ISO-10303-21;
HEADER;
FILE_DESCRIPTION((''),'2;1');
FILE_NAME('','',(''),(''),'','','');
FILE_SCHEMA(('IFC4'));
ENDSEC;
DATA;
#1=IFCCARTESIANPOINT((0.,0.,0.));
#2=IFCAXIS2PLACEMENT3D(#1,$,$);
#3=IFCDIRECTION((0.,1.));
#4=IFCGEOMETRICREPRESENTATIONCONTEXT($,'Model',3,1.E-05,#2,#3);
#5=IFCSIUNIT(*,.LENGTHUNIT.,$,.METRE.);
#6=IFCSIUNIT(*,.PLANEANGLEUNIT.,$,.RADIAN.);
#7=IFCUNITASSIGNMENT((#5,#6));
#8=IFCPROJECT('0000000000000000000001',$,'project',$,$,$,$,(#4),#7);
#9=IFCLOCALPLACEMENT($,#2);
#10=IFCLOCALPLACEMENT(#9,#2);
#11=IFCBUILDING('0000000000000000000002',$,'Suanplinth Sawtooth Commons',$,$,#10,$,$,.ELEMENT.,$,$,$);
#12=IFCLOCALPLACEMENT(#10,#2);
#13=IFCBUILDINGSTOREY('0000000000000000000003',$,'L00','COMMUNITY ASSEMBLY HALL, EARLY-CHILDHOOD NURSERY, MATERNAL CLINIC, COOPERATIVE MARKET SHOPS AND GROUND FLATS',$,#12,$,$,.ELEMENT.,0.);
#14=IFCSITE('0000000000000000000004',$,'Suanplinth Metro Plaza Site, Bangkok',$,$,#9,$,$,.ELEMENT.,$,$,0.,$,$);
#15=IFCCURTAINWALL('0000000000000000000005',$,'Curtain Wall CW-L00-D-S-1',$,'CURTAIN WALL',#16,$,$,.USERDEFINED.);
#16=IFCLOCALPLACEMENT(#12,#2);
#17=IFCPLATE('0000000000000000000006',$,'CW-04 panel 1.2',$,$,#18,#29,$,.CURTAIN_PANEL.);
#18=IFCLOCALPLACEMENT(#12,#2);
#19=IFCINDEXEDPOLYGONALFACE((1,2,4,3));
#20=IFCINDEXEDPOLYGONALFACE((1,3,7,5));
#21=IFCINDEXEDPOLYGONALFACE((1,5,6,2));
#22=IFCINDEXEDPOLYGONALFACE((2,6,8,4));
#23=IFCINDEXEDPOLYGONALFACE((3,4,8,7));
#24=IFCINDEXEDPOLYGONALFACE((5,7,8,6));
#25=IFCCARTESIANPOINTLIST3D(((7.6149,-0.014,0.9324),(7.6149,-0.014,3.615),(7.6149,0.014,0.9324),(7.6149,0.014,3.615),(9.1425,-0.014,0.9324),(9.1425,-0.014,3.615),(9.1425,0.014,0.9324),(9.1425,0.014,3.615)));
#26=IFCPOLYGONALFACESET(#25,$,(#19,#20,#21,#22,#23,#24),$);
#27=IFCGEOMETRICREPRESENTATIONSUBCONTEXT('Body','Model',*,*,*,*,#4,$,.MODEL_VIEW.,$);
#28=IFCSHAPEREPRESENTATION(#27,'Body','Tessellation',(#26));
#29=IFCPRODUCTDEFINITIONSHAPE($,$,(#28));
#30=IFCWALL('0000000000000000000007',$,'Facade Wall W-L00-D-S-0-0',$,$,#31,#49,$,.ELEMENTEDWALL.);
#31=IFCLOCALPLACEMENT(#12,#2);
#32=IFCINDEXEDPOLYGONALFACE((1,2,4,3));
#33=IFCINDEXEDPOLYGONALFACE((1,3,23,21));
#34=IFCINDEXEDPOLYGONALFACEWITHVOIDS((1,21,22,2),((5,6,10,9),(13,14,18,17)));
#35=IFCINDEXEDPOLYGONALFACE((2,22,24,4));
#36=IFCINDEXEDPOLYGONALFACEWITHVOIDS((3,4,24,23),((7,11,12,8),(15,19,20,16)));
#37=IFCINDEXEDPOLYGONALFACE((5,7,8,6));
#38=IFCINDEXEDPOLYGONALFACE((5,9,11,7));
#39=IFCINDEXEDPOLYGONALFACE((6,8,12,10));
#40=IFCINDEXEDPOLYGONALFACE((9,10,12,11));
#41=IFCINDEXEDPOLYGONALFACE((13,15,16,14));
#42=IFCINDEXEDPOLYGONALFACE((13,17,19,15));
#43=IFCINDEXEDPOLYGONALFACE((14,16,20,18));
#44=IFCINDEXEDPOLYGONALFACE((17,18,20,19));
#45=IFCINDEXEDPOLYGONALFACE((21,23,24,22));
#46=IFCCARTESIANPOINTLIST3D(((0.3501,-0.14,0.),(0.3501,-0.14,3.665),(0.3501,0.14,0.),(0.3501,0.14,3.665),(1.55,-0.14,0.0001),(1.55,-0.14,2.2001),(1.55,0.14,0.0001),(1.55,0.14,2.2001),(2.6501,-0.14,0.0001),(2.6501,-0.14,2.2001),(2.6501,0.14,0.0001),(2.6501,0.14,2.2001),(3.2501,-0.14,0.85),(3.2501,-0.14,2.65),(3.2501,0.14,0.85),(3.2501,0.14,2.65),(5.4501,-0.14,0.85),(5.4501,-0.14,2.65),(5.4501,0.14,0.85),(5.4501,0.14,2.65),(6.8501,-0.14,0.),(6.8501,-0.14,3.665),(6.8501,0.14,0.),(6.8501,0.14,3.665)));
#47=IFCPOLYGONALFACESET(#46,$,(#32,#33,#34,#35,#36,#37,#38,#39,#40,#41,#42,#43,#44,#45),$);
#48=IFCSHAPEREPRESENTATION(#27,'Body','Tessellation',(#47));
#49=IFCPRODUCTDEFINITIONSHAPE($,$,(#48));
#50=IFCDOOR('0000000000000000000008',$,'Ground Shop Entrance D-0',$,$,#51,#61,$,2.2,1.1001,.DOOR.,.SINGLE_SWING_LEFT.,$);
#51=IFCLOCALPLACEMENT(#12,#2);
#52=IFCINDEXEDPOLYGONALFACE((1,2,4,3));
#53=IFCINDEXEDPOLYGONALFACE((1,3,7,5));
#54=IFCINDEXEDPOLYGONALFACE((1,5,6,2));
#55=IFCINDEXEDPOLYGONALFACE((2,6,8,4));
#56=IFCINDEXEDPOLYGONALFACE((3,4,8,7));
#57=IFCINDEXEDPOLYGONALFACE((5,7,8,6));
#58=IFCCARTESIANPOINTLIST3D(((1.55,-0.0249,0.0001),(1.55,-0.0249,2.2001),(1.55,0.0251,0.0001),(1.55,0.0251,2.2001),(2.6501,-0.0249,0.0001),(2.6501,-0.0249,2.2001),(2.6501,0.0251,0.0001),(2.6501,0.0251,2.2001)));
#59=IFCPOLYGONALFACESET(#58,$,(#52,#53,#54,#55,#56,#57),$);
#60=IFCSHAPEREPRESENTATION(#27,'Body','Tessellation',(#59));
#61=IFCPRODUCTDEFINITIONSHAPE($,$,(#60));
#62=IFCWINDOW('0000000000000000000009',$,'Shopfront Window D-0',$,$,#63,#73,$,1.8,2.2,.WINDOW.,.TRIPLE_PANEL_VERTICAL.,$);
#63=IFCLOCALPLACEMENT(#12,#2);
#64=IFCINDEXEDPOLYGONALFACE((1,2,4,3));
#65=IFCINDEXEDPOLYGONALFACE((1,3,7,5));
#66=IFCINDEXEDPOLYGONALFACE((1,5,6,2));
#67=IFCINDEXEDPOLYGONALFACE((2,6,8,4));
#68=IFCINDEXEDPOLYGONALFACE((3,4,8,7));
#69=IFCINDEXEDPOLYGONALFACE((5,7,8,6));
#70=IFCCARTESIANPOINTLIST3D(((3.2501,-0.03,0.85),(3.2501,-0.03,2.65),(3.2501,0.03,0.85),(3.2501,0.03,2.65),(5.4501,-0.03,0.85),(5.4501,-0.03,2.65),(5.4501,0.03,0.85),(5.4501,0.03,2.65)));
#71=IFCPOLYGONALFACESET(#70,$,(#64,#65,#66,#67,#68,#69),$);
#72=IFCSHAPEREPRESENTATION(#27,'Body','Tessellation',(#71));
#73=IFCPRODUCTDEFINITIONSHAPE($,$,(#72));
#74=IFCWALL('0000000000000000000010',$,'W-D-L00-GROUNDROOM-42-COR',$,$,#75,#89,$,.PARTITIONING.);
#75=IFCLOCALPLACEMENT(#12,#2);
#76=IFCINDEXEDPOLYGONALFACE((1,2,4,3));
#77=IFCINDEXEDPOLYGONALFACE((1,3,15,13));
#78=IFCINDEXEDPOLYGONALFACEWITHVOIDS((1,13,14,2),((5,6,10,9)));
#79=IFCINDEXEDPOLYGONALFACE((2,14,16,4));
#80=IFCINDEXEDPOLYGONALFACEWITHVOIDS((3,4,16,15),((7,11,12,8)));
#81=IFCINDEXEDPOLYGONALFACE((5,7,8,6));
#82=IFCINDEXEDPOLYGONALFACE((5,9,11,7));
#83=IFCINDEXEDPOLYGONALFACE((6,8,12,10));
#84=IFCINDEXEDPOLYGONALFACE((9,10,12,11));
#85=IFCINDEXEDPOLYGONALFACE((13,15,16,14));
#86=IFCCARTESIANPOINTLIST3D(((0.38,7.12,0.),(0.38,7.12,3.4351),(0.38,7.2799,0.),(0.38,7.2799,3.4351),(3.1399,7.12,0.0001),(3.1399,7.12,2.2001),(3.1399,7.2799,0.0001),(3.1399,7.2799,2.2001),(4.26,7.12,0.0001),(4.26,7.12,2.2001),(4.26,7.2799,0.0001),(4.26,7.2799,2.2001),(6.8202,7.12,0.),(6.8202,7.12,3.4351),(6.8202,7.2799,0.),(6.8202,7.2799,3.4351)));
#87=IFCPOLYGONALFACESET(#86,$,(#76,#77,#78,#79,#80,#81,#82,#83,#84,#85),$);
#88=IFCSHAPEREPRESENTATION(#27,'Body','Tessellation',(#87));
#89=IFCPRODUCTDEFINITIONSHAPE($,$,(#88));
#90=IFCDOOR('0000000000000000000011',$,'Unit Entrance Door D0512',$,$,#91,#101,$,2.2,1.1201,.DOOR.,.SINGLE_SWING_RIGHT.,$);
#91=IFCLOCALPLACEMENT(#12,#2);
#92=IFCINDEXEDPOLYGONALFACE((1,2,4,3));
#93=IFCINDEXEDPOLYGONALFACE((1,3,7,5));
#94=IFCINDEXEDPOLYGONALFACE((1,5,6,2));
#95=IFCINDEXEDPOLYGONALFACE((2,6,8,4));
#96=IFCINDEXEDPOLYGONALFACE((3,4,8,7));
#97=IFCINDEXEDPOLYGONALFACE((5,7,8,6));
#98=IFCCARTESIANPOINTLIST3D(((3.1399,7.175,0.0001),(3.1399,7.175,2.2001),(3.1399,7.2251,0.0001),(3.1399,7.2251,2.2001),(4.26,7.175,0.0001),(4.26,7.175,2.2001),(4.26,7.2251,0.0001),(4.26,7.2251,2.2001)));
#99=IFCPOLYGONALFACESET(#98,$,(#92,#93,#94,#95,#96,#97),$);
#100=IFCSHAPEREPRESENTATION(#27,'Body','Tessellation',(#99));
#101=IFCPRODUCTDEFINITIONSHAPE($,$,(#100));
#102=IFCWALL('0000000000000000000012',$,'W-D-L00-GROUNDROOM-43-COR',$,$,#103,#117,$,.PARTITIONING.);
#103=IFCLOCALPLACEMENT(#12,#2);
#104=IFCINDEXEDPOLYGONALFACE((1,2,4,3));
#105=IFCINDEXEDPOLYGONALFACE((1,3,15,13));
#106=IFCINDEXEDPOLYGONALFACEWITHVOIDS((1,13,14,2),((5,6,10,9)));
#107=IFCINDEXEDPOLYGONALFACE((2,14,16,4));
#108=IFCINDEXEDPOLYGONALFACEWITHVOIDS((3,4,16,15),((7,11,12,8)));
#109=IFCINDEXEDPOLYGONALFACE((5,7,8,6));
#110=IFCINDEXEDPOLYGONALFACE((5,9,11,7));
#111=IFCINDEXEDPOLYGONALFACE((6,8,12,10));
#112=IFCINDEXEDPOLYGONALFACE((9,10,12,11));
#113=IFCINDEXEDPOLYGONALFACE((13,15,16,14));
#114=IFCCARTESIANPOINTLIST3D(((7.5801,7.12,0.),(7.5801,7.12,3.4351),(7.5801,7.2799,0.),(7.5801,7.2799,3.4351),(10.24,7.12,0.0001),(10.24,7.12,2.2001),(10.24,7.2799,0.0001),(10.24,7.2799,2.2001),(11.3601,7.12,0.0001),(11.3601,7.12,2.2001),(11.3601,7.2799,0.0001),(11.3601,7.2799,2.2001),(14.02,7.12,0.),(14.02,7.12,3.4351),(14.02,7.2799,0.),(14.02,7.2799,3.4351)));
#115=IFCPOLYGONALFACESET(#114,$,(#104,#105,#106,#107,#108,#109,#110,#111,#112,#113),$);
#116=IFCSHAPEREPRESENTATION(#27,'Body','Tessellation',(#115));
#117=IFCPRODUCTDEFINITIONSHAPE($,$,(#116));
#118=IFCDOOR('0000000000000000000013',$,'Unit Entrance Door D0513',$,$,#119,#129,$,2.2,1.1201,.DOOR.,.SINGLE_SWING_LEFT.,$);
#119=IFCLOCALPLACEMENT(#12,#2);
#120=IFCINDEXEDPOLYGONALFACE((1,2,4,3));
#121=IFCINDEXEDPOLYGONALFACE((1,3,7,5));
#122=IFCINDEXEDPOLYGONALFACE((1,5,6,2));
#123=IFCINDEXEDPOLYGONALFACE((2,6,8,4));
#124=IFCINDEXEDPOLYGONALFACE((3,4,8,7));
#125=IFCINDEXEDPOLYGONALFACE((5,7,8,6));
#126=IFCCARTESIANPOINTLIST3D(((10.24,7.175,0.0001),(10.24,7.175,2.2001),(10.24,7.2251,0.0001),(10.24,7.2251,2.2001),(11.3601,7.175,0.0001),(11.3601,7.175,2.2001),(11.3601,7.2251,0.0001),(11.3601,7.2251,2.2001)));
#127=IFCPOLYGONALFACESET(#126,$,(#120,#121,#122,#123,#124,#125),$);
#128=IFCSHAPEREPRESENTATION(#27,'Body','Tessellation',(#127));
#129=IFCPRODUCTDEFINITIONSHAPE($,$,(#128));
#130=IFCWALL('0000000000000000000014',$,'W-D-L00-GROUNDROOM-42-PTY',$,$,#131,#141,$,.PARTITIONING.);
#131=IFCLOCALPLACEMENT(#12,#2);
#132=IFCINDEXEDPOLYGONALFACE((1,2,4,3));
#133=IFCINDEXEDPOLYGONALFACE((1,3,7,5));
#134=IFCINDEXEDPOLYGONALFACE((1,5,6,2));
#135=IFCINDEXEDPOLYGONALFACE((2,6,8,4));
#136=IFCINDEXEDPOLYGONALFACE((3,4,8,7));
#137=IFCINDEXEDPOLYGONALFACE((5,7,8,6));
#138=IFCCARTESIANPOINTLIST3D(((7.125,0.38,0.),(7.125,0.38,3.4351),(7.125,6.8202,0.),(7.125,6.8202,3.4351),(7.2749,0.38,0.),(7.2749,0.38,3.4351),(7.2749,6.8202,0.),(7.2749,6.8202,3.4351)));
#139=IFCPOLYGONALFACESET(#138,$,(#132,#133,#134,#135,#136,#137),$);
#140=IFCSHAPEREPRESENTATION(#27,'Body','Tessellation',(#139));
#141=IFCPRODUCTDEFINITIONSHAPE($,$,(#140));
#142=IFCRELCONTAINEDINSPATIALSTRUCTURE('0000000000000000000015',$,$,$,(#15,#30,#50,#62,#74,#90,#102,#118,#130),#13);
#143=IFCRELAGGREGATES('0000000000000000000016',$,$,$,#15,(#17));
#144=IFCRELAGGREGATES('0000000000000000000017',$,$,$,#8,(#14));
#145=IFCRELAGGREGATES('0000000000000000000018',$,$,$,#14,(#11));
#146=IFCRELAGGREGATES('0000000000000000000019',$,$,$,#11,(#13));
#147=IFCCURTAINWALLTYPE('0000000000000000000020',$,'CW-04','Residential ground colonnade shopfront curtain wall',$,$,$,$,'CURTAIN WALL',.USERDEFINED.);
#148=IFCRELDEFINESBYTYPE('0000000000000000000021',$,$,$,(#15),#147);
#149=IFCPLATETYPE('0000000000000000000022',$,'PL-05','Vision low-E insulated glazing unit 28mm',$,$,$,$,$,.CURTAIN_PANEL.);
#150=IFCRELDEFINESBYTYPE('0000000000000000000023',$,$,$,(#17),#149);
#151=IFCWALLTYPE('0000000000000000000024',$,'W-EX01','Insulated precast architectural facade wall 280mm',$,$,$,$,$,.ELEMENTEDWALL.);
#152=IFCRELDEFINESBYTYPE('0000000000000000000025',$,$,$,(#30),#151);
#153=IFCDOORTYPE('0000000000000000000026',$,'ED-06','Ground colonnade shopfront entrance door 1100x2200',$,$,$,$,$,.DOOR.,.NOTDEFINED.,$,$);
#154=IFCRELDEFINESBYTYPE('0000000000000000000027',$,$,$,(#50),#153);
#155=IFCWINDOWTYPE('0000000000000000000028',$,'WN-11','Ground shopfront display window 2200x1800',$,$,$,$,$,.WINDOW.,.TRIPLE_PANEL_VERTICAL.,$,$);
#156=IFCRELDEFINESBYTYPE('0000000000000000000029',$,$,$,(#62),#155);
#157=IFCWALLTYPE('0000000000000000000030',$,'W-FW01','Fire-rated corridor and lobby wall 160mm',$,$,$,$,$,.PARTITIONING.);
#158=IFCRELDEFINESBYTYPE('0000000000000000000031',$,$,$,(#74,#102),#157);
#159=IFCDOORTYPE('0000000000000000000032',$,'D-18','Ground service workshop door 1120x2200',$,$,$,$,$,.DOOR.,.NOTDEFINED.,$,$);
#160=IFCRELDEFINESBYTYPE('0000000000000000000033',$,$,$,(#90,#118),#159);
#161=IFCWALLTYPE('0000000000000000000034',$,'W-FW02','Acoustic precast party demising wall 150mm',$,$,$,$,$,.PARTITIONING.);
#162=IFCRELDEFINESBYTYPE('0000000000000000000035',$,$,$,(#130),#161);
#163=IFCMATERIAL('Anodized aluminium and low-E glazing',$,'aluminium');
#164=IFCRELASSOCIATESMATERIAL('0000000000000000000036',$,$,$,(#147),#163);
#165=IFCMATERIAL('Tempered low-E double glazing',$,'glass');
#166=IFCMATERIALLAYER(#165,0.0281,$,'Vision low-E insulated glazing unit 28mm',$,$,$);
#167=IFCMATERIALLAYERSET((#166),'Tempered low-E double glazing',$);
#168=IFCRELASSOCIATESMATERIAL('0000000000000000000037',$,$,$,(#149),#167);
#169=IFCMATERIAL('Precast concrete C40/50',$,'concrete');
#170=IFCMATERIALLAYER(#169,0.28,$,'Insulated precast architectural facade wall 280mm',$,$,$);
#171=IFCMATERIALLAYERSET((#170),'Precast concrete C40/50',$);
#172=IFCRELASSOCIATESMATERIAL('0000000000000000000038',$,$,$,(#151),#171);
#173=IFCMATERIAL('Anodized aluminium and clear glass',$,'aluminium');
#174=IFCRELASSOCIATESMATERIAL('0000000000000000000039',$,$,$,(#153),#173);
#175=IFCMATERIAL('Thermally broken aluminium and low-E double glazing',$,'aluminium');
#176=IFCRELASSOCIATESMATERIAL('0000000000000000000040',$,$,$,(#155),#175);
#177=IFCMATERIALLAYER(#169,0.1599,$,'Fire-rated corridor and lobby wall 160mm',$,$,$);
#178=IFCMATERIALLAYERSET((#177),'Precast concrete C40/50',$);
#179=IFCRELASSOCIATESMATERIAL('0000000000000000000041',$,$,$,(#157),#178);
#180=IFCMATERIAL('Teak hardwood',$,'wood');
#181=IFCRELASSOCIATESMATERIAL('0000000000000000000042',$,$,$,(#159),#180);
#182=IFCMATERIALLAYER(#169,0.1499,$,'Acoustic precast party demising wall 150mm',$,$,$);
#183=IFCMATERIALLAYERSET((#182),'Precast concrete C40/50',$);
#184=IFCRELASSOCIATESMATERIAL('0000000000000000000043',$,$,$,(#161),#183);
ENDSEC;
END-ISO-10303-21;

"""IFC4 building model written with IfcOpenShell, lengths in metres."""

from ifc_helpers import new_model, si_unit, direction, frame, frame_2d, origin, origin_2d, place, context, subcontext, project, spatial, rectangle, extrude, material, layer, layer_set, type_object, element, fill, aggregate, save


model = new_model("IFC4")

# Units and contexts
model_context = context("Model", 3, precision=1e-05, world=origin(), true_north=direction((0.0, 1.0)))
body_context = subcontext(model_context, "Body", "Model", "MODEL_VIEW")
ifc_project = project(units=[si_unit("LENGTHUNIT", "METRE"), si_unit("PLANEANGLEUNIT", "RADIAN")], contexts=[model_context])

# Site, building, storey
site_placement = place(None, origin())
site = spatial("IfcSite", under=ifc_project, at=site_placement, Name="Suanplinth Metro Plaza Site, Bangkok", CompositionType="ELEMENT", RefElevation=0.0)
building_placement = place(site_placement, origin())
building = spatial("IfcBuilding", under=site, at=building_placement, Name="Suanplinth Sawtooth Commons", CompositionType="ELEMENT")
storey_placement = place(building_placement, origin())
storey = spatial("IfcBuildingStorey", under=building, at=storey_placement, Name="L00", Description="COMMUNITY ASSEMBLY HALL, EARLY-CHILDHOOD NURSERY, MATERNAL CLINIC, COOPERATIVE MARKET SHOPS AND GROUND FLATS", CompositionType="ELEMENT", Elevation=0.0)

# Shared definitions
ifc_material_1 = material(Name="Precast concrete C40/50", Category="concrete")

# Curtain wall, plate
ifc_material_2 = material(Name="Anodized aluminium and low-E glazing", Category="aluminium")
curtain_wall_type = type_object("IfcCurtainWallType", Name="CW-04", Description="Residential ground colonnade shopfront curtain wall", ElementType="CURTAIN WALL", PredefinedType="USERDEFINED", material=ifc_material_2)
curtain_wall_placement = place(storey_placement, origin())
curtain_wall = element("IfcCurtainWall", 1, at=curtain_wall_placement, inside=storey, type_object=curtain_wall_type, Name="Curtain Wall CW-L00-D-S-1", ObjectType="CURTAIN WALL", PredefinedType="USERDEFINED")
ifc_material_3 = material(Name="Tempered low-E double glazing", Category="glass")
ifc_layer_1 = layer(ifc_material_3, 0.0281, Name="Vision low-E insulated glazing unit 28mm")
ifc_layer_set_1 = layer_set([ifc_layer_1], Name="Tempered low-E double glazing")
plate_type = type_object("IfcPlateType", Name="PL-05", Description="Vision low-E insulated glazing unit 28mm", PredefinedType="CURTAIN_PANEL", material=ifc_layer_set_1)
plate_1_placement = place(storey_placement, frame((8.3787, 0.0, 0.9324), z_axis=(0.0, 0.0, 1.0), x_axis=(1.0, 0.0, 0.0)))
plate_1 = element("IfcPlate", 2, at=plate_1_placement, type_object=plate_type, Name="CW-04 panel 1.2", PredefinedType="CURTAIN_PANEL", context=body_context, shape_type="SweptSolid", body=[
    extrude(rectangle(XDim=1.5276, YDim=0.0281, at=origin_2d()), origin(), (0.0, 0.0, 1.0), 2.6826),
])
aggregate(curtain_wall, [plate_1])

# Wall, openings, door, window
ifc_layer_2 = layer(ifc_material_1, 0.28, Name="Insulated precast architectural facade wall 280mm")
ifc_layer_set_2 = layer_set([ifc_layer_2], Name="Precast concrete C40/50")
wall_type_1 = type_object("IfcWallType", Name="W-EX01", Description="Insulated precast architectural facade wall 280mm", PredefinedType="ELEMENTEDWALL", material=ifc_layer_set_2)
wall_1_placement = place(storey_placement, frame((0.3501, 0.0, 0.0), z_axis=(0.0, 0.0, 1.0), x_axis=(1.0, 0.0, 0.0)))
wall_1 = element("IfcWall", 3, at=wall_1_placement, inside=storey, type_object=wall_type_1, Name="Facade Wall W-L00-D-S-0-0", PredefinedType="ELEMENTEDWALL", context=body_context, shape_type="SweptSolid", body=[
    extrude(rectangle(XDim=6.5, YDim=0.28, at=frame_2d((3.25, 0.0))), origin(), (0.0, 0.0, 1.0), 3.665),
])
opening_1_placement = place(wall_1_placement, frame((1.2, 0.0, 0.0)))
opening_1 = element("IfcOpeningElement", 4, at=opening_1_placement, cuts=wall_1, PredefinedType="OPENING", context=body_context, shape_type="SweptSolid", body=[
    extrude(rectangle(XDim=1.1001, YDim=2.2, at=frame_2d((0.55, 1.1001))), frame((0.0, 0.1548, 0.0), z_axis=(0.0, -1.0, 0.0), x_axis=(1.0, 0.0, 0.0)), (0.0, 0.0, 1.0), 0.3098),
])
opening_2_placement = place(wall_1_placement, frame((2.8999, 0.0, 0.8501)))
opening_2 = element("IfcOpeningElement", 5, at=opening_2_placement, cuts=wall_1, PredefinedType="OPENING", context=body_context, shape_type="SweptSolid", body=[
    extrude(rectangle(XDim=2.2, YDim=1.8, at=frame_2d((1.1001, 0.8999))), frame((0.0, 0.1548, 0.0), z_axis=(0.0, -1.0, 0.0), x_axis=(1.0, 0.0, 0.0)), (0.0, 0.0, 1.0), 0.3098),
])
ifc_material_4 = material(Name="Anodized aluminium and clear glass", Category="aluminium")
door_type_1 = type_object("IfcDoorType", Name="ED-06", Description="Ground colonnade shopfront entrance door 1100x2200", OperationType="NOTDEFINED", PredefinedType="DOOR", material=ifc_material_4)
door_1_placement = place(opening_1_placement, frame((1.1001, 0.0, 0.0), z_axis=(0.0, 0.0, 1.0), x_axis=(-1.0, 0.0, 0.0)))
door_1 = element("IfcDoor", 6, at=door_1_placement, inside=storey, type_object=door_type_1, Name="Ground Shop Entrance D-0", OperationType="SINGLE_SWING_LEFT", OverallHeight=2.2, OverallWidth=1.1001, PredefinedType="DOOR", context=body_context, shape_type="SweptSolid", body=[
    extrude(rectangle(XDim=1.1001, YDim=2.2, at=frame_2d((0.55, 1.1001))), frame((0.0, 0.0249, 0.0), z_axis=(0.0, -1.0, 0.0), x_axis=(1.0, 0.0, 0.0)), (0.0, 0.0, 1.0), 0.05),
])
fill(opening_1, door_1)
ifc_material_5 = material(Name="Thermally broken aluminium and low-E double glazing", Category="aluminium")
window_type = type_object("IfcWindowType", Name="WN-11", Description="Ground shopfront display window 2200x1800", PartitioningType="TRIPLE_PANEL_VERTICAL", PredefinedType="WINDOW", material=ifc_material_5)
window_placement = place(opening_2_placement, origin())
window = element("IfcWindow", 7, at=window_placement, inside=storey, type_object=window_type, Name="Shopfront Window D-0", OverallHeight=1.8, OverallWidth=2.2, PartitioningType="TRIPLE_PANEL_VERTICAL", PredefinedType="WINDOW", context=body_context, shape_type="SweptSolid", body=[
    extrude(rectangle(XDim=2.2, YDim=1.8, at=frame_2d((1.1001, 0.8999))), frame((0.0, 0.03, 0.0), z_axis=(0.0, -1.0, 0.0), x_axis=(1.0, 0.0, 0.0)), (0.0, 0.0, 1.0), 0.0601),
])
fill(opening_2, window)

# Walls, openings, doors
ifc_layer_3 = layer(ifc_material_1, 0.1599, Name="Fire-rated corridor and lobby wall 160mm")
ifc_layer_set_3 = layer_set([ifc_layer_3], Name="Precast concrete C40/50")
wall_type_2 = type_object("IfcWallType", Name="W-FW01", Description="Fire-rated corridor and lobby wall 160mm", PredefinedType="PARTITIONING", material=ifc_layer_set_3)
wall_2_placement = place(storey_placement, frame((0.3799, 7.2, 0.0), z_axis=(0.0, 0.0, 1.0), x_axis=(1.0, 0.0, 0.0)))
wall_2 = element("IfcWall", 8, at=wall_2_placement, inside=storey, type_object=wall_type_2, Name="W-D-L00-GROUNDROOM-42-COR", PredefinedType="PARTITIONING", context=body_context, shape_type="SweptSolid", body=[
    extrude(rectangle(XDim=6.4402, YDim=0.1599, at=frame_2d((3.2202, 0.0))), origin(), (0.0, 0.0, 1.0), 3.4351),
])
opening_3_placement = place(wall_2_placement, frame((2.76, 0.0, 0.0)))
opening_3 = element("IfcOpeningElement", 9, at=opening_3_placement, cuts=wall_2, PredefinedType="OPENING", context=body_context, shape_type="SweptSolid", body=[
    extrude(rectangle(XDim=1.1201, YDim=2.2, at=frame_2d((0.5601, 1.1001))), frame((0.0, 0.0947, 0.0), z_axis=(0.0, -1.0, 0.0), x_axis=(1.0, 0.0, 0.0)), (0.0, 0.0, 1.0), 0.1897),
])
ifc_material_6 = material(Name="Teak hardwood", Category="wood")
door_type_2 = type_object("IfcDoorType", Name="D-18", Description="Ground service workshop door 1120x2200", OperationType="NOTDEFINED", PredefinedType="DOOR", material=ifc_material_6)
door_2_placement = place(opening_3_placement, frame((1.1201, 0.0, 0.0), z_axis=(0.0, 0.0, 1.0), x_axis=(-1.0, 0.0, 0.0)))
door_2 = element("IfcDoor", 10, at=door_2_placement, inside=storey, type_object=door_type_2, Name="Unit Entrance Door D0512", OperationType="SINGLE_SWING_RIGHT", OverallHeight=2.2, OverallWidth=1.1201, PredefinedType="DOOR", context=body_context, shape_type="SweptSolid", body=[
    extrude(rectangle(XDim=1.1201, YDim=2.2, at=frame_2d((0.5601, 1.1001))), frame((0.0, 0.0249, 0.0), z_axis=(0.0, -1.0, 0.0), x_axis=(1.0, 0.0, 0.0)), (0.0, 0.0, 1.0), 0.05),
])
fill(opening_3, door_2)
wall_3_placement = place(storey_placement, frame((7.5801, 7.2, 0.0), z_axis=(0.0, 0.0, 1.0), x_axis=(1.0, 0.0, 0.0)))
wall_3 = element("IfcWall", 11, at=wall_3_placement, inside=storey, type_object=wall_type_2, Name="W-D-L00-GROUNDROOM-43-COR", PredefinedType="PARTITIONING", context=body_context, shape_type="SweptSolid", body=[
    extrude(rectangle(XDim=6.4399, YDim=0.1599, at=frame_2d((3.22, 0.0))), origin(), (0.0, 0.0, 1.0), 3.4351),
])
opening_4_placement = place(wall_3_placement, frame((2.6599, 0.0, 0.0)))
opening_4 = element("IfcOpeningElement", 12, at=opening_4_placement, cuts=wall_3, PredefinedType="OPENING", context=body_context, shape_type="SweptSolid", body=[
    extrude(rectangle(XDim=1.1201, YDim=2.2, at=frame_2d((0.5601, 1.1001))), frame((0.0, 0.0947, 0.0), z_axis=(0.0, -1.0, 0.0), x_axis=(1.0, 0.0, 0.0)), (0.0, 0.0, 1.0), 0.1897),
])
door_3_placement = place(opening_4_placement, frame((1.1201, 0.0, 0.0), z_axis=(0.0, 0.0, 1.0), x_axis=(-1.0, 0.0, 0.0)))
door_3 = element("IfcDoor", 13, at=door_3_placement, inside=storey, type_object=door_type_2, Name="Unit Entrance Door D0513", OperationType="SINGLE_SWING_LEFT", OverallHeight=2.2, OverallWidth=1.1201, PredefinedType="DOOR", context=body_context, shape_type="SweptSolid", body=[
    extrude(rectangle(XDim=1.1201, YDim=2.2, at=frame_2d((0.5601, 1.1001))), frame((0.0, 0.0249, 0.0), z_axis=(0.0, -1.0, 0.0), x_axis=(1.0, 0.0, 0.0)), (0.0, 0.0, 1.0), 0.05),
])
fill(opening_4, door_3)

# Wall
ifc_layer_4 = layer(ifc_material_1, 0.1499, Name="Acoustic precast party demising wall 150mm")
ifc_layer_set_4 = layer_set([ifc_layer_4], Name="Precast concrete C40/50")
wall_type_3 = type_object("IfcWallType", Name="W-FW02", Description="Acoustic precast party demising wall 150mm", PredefinedType="PARTITIONING", material=ifc_layer_set_4)
wall_4_placement = place(storey_placement, frame((7.2, 0.3799, 0.0), z_axis=(0.0, 0.0, 1.0), x_axis=(0.0, 1.0, 0.0)))
element("IfcWall", 14, at=wall_4_placement, inside=storey, type_object=wall_type_3, Name="W-D-L00-GROUNDROOM-42-PTY", PredefinedType="PARTITIONING", context=body_context, shape_type="SweptSolid", body=[
    extrude(rectangle(XDim=6.4402, YDim=0.1499, at=frame_2d((3.2202, 0.0))), origin(), (0.0, 0.0, 1.0), 3.4351),
])

save(model, "model.ifc")
